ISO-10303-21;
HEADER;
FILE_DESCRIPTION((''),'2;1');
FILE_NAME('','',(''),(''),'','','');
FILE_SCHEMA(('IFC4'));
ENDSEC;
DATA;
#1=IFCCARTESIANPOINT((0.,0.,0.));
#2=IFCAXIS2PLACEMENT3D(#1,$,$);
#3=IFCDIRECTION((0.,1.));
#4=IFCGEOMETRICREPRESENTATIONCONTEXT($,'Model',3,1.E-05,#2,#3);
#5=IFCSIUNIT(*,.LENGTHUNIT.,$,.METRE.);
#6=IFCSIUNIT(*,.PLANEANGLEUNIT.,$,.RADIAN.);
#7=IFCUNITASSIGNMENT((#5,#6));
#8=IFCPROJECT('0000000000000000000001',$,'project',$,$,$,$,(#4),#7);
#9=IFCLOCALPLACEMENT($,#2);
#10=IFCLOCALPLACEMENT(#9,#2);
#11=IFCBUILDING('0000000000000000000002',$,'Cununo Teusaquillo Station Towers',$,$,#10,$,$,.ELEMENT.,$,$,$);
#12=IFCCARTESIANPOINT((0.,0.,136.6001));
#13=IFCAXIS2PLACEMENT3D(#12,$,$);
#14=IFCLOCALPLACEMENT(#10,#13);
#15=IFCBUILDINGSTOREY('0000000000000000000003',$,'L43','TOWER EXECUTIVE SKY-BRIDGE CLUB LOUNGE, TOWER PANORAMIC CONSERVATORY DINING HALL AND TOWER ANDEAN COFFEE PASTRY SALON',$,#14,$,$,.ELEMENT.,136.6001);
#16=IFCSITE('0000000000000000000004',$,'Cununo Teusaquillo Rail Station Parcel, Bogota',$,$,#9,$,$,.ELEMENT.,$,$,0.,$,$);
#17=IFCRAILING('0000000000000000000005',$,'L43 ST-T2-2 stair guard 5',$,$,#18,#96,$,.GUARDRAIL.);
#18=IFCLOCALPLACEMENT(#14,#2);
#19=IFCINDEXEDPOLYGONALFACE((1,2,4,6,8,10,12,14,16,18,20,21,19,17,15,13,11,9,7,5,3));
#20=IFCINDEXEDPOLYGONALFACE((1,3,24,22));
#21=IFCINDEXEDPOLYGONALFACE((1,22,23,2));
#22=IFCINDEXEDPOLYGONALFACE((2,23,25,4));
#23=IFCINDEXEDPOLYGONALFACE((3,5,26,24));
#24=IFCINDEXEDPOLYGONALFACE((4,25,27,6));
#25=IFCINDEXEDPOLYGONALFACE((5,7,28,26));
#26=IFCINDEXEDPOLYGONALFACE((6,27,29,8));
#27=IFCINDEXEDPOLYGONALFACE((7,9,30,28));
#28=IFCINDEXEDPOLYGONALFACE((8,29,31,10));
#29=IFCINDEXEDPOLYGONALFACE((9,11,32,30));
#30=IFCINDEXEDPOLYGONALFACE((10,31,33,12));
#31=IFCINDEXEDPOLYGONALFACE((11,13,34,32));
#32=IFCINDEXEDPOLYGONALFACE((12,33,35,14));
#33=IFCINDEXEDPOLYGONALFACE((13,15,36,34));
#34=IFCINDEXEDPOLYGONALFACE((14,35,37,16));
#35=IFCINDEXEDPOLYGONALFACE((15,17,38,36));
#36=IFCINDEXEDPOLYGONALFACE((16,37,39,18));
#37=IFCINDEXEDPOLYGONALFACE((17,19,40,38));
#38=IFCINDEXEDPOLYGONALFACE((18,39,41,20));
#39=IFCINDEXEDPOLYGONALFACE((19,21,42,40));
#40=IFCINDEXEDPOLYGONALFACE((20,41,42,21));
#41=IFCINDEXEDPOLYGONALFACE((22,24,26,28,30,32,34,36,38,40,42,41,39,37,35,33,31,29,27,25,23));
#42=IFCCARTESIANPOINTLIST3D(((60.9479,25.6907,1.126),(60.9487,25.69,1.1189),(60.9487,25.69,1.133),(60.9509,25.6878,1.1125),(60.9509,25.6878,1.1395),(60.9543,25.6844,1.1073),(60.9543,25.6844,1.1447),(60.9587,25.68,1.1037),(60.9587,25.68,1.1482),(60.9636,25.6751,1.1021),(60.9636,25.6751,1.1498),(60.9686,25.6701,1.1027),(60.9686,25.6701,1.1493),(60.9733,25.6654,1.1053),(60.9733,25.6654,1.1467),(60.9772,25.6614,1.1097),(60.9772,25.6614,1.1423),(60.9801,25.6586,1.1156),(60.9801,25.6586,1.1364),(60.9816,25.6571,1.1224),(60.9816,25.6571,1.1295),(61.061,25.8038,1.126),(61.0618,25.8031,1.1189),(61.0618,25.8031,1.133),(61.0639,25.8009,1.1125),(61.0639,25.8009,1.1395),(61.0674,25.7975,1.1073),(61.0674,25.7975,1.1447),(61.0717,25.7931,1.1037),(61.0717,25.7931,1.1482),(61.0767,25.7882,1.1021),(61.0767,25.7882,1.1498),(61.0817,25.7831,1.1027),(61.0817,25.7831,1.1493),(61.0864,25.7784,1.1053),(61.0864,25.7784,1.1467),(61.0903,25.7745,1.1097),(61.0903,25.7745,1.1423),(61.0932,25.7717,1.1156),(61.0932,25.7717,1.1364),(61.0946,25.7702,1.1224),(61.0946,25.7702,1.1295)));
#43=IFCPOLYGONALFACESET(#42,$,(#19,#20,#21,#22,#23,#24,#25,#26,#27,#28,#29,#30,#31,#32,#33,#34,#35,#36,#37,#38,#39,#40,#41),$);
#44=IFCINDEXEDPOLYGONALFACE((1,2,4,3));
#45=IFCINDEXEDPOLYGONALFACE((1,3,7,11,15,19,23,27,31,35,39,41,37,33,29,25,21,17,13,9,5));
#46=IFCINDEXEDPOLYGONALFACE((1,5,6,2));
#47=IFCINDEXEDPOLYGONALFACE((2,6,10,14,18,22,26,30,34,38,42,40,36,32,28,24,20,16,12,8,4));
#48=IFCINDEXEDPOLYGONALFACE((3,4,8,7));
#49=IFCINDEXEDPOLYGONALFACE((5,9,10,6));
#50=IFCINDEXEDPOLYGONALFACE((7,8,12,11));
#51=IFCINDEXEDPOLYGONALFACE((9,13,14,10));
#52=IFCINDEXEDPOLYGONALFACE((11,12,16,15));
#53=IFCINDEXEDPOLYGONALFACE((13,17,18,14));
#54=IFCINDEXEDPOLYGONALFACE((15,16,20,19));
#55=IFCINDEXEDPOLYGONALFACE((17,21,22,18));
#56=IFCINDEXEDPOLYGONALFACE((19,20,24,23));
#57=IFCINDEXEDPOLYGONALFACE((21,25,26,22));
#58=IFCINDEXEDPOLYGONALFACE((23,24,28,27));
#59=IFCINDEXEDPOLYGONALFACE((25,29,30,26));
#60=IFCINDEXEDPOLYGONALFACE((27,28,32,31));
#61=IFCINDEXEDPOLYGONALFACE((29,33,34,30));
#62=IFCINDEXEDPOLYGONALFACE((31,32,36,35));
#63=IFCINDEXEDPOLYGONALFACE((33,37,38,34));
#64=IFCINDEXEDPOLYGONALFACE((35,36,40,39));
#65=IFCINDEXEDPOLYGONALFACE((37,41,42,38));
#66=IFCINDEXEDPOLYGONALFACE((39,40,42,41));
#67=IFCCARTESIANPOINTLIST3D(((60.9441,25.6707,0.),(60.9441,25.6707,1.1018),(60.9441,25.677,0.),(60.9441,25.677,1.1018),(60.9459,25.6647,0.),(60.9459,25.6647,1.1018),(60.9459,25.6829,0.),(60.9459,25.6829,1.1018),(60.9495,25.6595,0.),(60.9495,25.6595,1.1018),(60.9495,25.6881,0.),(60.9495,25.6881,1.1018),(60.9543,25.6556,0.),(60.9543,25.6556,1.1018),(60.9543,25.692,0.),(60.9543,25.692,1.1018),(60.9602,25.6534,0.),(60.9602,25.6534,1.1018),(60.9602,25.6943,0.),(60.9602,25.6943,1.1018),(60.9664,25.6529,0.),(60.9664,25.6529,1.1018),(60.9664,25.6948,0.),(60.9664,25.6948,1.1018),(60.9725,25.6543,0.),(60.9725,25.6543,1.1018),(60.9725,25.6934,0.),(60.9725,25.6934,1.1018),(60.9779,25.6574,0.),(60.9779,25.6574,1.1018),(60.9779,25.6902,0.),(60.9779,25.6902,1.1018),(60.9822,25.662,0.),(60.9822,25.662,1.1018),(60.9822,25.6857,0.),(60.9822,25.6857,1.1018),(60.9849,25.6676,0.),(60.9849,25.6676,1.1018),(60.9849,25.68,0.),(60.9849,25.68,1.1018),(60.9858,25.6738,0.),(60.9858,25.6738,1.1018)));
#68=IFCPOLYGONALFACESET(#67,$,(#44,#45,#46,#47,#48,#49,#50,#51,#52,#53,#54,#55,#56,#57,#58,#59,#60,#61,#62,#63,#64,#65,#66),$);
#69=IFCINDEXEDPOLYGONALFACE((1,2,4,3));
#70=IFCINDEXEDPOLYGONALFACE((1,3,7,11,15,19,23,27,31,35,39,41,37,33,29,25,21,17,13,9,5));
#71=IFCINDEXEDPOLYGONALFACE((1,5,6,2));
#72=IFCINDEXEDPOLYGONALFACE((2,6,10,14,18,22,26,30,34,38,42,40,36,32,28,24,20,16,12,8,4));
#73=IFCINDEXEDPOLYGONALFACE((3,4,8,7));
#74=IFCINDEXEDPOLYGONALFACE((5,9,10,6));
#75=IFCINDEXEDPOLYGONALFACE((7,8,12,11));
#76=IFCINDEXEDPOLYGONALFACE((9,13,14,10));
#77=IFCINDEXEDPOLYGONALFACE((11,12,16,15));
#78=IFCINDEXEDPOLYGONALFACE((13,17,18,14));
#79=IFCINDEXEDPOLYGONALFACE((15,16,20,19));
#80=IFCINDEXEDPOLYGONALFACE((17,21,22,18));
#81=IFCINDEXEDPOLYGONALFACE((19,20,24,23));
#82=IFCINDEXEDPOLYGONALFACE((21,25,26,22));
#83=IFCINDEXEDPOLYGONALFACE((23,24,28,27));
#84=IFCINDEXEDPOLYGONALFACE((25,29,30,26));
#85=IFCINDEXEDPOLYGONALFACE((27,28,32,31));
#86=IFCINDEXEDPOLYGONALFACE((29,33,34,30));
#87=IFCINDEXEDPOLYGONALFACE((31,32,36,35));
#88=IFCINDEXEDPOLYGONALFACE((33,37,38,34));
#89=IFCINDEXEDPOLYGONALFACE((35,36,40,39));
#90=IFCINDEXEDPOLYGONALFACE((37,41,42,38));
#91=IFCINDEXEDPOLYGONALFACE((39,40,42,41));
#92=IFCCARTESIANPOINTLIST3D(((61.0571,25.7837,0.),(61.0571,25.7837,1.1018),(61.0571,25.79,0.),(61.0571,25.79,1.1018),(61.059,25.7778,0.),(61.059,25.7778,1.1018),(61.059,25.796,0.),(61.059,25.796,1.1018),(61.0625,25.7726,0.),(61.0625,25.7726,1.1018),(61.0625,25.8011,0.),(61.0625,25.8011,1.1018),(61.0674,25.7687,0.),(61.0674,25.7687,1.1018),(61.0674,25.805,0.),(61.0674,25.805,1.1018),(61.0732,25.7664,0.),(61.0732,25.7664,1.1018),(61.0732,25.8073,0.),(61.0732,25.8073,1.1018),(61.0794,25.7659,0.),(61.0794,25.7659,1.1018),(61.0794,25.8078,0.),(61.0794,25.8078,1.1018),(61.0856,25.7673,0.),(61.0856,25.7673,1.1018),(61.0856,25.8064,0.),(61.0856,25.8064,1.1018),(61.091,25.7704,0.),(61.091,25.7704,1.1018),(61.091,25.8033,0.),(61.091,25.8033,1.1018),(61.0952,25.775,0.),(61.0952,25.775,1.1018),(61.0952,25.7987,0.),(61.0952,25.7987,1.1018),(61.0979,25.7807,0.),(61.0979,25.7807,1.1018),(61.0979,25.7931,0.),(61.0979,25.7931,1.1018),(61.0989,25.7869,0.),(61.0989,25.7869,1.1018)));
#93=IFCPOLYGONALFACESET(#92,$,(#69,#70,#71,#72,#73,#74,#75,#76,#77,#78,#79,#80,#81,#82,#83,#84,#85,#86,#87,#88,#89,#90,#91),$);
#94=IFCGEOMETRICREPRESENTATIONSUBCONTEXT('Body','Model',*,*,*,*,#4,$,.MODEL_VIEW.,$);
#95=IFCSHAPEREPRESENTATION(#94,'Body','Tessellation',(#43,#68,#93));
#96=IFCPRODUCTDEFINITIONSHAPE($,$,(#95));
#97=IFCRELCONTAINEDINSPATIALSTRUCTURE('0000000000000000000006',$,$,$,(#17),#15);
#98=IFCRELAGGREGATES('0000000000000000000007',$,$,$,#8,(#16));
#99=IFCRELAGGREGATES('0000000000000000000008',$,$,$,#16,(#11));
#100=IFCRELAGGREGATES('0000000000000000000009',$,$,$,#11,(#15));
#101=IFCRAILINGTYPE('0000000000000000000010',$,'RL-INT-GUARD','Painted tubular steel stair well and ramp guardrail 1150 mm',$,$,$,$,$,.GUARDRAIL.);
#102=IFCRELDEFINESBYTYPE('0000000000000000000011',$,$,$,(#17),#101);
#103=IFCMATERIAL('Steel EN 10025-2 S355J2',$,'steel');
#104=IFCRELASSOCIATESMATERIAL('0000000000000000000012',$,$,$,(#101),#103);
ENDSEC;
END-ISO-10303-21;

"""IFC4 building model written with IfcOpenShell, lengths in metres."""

from ifc_helpers import new_model, si_unit, direction, frame, origin, origin_2d, place, context, subcontext, project, spatial, circle, extrude, material, type_object, element, save


model = new_model("IFC4")

# Units and contexts
model_context = context("Model", 3, precision=1e-05, world=origin(), true_north=direction((0.0, 1.0)))
body_context = subcontext(model_context, "Body", "Model", "MODEL_VIEW")
ifc_project = project(units=[si_unit("LENGTHUNIT", "METRE"), si_unit("PLANEANGLEUNIT", "RADIAN")], contexts=[model_context])

# Site, building, storey
site_placement = place(None, origin())
site = spatial("IfcSite", under=ifc_project, at=site_placement, Name="Cununo Teusaquillo Rail Station Parcel, Bogota", CompositionType="ELEMENT", RefElevation=0.0)
building_placement = place(site_placement, origin())
building = spatial("IfcBuilding", under=site, at=building_placement, Name="Cununo Teusaquillo Station Towers", CompositionType="ELEMENT")
storey_placement = place(building_placement, frame((0.0, 0.0, 136.6001)))
storey = spatial("IfcBuildingStorey", under=building, at=storey_placement, Name="L43", Description="TOWER EXECUTIVE SKY-BRIDGE CLUB LOUNGE, TOWER PANORAMIC CONSERVATORY DINING HALL AND TOWER ANDEAN COFFEE PASTRY SALON", CompositionType="ELEMENT", Elevation=136.6001)

# Railing
ifc_material_1 = material(Name="Steel EN 10025-2 S355J2", Category="steel")
railing_type_1 = type_object("IfcRailingType", Name="RL-INT-GUARD", Description="Painted tubular steel stair well and ramp guardrail 1150 mm", PredefinedType="GUARDRAIL", material=ifc_material_1)
railing_1_placement = place(storey_placement, frame((60.9648, 25.6738, 0.0)))
element("IfcRailing", 1, at=railing_1_placement, inside=storey, type_object=railing_type_1, Name="L43 ST-T2-2 stair guard 5", PredefinedType="GUARDRAIL", context=body_context, shape_type="SweptSolid", body=[
    extrude(circle(Radius=0.0239, at=origin_2d()), frame((0.0, 0.0, 1.126), z_axis=(0.707107, 0.707107, 0.0), x_axis=(-0.707107, 0.707107, 0.0)), (0.0, 0.0, 1.0), 0.1599),
    extrude(circle(Radius=0.021, at=origin_2d()), origin(), (0.0, 0.0, 1.0), 1.1018),
    extrude(circle(Radius=0.021, at=origin_2d()), frame((0.113, 0.113, 0.0)), (0.0, 0.0, 1.0), 1.1018),
])

save(model, "model.ifc")
